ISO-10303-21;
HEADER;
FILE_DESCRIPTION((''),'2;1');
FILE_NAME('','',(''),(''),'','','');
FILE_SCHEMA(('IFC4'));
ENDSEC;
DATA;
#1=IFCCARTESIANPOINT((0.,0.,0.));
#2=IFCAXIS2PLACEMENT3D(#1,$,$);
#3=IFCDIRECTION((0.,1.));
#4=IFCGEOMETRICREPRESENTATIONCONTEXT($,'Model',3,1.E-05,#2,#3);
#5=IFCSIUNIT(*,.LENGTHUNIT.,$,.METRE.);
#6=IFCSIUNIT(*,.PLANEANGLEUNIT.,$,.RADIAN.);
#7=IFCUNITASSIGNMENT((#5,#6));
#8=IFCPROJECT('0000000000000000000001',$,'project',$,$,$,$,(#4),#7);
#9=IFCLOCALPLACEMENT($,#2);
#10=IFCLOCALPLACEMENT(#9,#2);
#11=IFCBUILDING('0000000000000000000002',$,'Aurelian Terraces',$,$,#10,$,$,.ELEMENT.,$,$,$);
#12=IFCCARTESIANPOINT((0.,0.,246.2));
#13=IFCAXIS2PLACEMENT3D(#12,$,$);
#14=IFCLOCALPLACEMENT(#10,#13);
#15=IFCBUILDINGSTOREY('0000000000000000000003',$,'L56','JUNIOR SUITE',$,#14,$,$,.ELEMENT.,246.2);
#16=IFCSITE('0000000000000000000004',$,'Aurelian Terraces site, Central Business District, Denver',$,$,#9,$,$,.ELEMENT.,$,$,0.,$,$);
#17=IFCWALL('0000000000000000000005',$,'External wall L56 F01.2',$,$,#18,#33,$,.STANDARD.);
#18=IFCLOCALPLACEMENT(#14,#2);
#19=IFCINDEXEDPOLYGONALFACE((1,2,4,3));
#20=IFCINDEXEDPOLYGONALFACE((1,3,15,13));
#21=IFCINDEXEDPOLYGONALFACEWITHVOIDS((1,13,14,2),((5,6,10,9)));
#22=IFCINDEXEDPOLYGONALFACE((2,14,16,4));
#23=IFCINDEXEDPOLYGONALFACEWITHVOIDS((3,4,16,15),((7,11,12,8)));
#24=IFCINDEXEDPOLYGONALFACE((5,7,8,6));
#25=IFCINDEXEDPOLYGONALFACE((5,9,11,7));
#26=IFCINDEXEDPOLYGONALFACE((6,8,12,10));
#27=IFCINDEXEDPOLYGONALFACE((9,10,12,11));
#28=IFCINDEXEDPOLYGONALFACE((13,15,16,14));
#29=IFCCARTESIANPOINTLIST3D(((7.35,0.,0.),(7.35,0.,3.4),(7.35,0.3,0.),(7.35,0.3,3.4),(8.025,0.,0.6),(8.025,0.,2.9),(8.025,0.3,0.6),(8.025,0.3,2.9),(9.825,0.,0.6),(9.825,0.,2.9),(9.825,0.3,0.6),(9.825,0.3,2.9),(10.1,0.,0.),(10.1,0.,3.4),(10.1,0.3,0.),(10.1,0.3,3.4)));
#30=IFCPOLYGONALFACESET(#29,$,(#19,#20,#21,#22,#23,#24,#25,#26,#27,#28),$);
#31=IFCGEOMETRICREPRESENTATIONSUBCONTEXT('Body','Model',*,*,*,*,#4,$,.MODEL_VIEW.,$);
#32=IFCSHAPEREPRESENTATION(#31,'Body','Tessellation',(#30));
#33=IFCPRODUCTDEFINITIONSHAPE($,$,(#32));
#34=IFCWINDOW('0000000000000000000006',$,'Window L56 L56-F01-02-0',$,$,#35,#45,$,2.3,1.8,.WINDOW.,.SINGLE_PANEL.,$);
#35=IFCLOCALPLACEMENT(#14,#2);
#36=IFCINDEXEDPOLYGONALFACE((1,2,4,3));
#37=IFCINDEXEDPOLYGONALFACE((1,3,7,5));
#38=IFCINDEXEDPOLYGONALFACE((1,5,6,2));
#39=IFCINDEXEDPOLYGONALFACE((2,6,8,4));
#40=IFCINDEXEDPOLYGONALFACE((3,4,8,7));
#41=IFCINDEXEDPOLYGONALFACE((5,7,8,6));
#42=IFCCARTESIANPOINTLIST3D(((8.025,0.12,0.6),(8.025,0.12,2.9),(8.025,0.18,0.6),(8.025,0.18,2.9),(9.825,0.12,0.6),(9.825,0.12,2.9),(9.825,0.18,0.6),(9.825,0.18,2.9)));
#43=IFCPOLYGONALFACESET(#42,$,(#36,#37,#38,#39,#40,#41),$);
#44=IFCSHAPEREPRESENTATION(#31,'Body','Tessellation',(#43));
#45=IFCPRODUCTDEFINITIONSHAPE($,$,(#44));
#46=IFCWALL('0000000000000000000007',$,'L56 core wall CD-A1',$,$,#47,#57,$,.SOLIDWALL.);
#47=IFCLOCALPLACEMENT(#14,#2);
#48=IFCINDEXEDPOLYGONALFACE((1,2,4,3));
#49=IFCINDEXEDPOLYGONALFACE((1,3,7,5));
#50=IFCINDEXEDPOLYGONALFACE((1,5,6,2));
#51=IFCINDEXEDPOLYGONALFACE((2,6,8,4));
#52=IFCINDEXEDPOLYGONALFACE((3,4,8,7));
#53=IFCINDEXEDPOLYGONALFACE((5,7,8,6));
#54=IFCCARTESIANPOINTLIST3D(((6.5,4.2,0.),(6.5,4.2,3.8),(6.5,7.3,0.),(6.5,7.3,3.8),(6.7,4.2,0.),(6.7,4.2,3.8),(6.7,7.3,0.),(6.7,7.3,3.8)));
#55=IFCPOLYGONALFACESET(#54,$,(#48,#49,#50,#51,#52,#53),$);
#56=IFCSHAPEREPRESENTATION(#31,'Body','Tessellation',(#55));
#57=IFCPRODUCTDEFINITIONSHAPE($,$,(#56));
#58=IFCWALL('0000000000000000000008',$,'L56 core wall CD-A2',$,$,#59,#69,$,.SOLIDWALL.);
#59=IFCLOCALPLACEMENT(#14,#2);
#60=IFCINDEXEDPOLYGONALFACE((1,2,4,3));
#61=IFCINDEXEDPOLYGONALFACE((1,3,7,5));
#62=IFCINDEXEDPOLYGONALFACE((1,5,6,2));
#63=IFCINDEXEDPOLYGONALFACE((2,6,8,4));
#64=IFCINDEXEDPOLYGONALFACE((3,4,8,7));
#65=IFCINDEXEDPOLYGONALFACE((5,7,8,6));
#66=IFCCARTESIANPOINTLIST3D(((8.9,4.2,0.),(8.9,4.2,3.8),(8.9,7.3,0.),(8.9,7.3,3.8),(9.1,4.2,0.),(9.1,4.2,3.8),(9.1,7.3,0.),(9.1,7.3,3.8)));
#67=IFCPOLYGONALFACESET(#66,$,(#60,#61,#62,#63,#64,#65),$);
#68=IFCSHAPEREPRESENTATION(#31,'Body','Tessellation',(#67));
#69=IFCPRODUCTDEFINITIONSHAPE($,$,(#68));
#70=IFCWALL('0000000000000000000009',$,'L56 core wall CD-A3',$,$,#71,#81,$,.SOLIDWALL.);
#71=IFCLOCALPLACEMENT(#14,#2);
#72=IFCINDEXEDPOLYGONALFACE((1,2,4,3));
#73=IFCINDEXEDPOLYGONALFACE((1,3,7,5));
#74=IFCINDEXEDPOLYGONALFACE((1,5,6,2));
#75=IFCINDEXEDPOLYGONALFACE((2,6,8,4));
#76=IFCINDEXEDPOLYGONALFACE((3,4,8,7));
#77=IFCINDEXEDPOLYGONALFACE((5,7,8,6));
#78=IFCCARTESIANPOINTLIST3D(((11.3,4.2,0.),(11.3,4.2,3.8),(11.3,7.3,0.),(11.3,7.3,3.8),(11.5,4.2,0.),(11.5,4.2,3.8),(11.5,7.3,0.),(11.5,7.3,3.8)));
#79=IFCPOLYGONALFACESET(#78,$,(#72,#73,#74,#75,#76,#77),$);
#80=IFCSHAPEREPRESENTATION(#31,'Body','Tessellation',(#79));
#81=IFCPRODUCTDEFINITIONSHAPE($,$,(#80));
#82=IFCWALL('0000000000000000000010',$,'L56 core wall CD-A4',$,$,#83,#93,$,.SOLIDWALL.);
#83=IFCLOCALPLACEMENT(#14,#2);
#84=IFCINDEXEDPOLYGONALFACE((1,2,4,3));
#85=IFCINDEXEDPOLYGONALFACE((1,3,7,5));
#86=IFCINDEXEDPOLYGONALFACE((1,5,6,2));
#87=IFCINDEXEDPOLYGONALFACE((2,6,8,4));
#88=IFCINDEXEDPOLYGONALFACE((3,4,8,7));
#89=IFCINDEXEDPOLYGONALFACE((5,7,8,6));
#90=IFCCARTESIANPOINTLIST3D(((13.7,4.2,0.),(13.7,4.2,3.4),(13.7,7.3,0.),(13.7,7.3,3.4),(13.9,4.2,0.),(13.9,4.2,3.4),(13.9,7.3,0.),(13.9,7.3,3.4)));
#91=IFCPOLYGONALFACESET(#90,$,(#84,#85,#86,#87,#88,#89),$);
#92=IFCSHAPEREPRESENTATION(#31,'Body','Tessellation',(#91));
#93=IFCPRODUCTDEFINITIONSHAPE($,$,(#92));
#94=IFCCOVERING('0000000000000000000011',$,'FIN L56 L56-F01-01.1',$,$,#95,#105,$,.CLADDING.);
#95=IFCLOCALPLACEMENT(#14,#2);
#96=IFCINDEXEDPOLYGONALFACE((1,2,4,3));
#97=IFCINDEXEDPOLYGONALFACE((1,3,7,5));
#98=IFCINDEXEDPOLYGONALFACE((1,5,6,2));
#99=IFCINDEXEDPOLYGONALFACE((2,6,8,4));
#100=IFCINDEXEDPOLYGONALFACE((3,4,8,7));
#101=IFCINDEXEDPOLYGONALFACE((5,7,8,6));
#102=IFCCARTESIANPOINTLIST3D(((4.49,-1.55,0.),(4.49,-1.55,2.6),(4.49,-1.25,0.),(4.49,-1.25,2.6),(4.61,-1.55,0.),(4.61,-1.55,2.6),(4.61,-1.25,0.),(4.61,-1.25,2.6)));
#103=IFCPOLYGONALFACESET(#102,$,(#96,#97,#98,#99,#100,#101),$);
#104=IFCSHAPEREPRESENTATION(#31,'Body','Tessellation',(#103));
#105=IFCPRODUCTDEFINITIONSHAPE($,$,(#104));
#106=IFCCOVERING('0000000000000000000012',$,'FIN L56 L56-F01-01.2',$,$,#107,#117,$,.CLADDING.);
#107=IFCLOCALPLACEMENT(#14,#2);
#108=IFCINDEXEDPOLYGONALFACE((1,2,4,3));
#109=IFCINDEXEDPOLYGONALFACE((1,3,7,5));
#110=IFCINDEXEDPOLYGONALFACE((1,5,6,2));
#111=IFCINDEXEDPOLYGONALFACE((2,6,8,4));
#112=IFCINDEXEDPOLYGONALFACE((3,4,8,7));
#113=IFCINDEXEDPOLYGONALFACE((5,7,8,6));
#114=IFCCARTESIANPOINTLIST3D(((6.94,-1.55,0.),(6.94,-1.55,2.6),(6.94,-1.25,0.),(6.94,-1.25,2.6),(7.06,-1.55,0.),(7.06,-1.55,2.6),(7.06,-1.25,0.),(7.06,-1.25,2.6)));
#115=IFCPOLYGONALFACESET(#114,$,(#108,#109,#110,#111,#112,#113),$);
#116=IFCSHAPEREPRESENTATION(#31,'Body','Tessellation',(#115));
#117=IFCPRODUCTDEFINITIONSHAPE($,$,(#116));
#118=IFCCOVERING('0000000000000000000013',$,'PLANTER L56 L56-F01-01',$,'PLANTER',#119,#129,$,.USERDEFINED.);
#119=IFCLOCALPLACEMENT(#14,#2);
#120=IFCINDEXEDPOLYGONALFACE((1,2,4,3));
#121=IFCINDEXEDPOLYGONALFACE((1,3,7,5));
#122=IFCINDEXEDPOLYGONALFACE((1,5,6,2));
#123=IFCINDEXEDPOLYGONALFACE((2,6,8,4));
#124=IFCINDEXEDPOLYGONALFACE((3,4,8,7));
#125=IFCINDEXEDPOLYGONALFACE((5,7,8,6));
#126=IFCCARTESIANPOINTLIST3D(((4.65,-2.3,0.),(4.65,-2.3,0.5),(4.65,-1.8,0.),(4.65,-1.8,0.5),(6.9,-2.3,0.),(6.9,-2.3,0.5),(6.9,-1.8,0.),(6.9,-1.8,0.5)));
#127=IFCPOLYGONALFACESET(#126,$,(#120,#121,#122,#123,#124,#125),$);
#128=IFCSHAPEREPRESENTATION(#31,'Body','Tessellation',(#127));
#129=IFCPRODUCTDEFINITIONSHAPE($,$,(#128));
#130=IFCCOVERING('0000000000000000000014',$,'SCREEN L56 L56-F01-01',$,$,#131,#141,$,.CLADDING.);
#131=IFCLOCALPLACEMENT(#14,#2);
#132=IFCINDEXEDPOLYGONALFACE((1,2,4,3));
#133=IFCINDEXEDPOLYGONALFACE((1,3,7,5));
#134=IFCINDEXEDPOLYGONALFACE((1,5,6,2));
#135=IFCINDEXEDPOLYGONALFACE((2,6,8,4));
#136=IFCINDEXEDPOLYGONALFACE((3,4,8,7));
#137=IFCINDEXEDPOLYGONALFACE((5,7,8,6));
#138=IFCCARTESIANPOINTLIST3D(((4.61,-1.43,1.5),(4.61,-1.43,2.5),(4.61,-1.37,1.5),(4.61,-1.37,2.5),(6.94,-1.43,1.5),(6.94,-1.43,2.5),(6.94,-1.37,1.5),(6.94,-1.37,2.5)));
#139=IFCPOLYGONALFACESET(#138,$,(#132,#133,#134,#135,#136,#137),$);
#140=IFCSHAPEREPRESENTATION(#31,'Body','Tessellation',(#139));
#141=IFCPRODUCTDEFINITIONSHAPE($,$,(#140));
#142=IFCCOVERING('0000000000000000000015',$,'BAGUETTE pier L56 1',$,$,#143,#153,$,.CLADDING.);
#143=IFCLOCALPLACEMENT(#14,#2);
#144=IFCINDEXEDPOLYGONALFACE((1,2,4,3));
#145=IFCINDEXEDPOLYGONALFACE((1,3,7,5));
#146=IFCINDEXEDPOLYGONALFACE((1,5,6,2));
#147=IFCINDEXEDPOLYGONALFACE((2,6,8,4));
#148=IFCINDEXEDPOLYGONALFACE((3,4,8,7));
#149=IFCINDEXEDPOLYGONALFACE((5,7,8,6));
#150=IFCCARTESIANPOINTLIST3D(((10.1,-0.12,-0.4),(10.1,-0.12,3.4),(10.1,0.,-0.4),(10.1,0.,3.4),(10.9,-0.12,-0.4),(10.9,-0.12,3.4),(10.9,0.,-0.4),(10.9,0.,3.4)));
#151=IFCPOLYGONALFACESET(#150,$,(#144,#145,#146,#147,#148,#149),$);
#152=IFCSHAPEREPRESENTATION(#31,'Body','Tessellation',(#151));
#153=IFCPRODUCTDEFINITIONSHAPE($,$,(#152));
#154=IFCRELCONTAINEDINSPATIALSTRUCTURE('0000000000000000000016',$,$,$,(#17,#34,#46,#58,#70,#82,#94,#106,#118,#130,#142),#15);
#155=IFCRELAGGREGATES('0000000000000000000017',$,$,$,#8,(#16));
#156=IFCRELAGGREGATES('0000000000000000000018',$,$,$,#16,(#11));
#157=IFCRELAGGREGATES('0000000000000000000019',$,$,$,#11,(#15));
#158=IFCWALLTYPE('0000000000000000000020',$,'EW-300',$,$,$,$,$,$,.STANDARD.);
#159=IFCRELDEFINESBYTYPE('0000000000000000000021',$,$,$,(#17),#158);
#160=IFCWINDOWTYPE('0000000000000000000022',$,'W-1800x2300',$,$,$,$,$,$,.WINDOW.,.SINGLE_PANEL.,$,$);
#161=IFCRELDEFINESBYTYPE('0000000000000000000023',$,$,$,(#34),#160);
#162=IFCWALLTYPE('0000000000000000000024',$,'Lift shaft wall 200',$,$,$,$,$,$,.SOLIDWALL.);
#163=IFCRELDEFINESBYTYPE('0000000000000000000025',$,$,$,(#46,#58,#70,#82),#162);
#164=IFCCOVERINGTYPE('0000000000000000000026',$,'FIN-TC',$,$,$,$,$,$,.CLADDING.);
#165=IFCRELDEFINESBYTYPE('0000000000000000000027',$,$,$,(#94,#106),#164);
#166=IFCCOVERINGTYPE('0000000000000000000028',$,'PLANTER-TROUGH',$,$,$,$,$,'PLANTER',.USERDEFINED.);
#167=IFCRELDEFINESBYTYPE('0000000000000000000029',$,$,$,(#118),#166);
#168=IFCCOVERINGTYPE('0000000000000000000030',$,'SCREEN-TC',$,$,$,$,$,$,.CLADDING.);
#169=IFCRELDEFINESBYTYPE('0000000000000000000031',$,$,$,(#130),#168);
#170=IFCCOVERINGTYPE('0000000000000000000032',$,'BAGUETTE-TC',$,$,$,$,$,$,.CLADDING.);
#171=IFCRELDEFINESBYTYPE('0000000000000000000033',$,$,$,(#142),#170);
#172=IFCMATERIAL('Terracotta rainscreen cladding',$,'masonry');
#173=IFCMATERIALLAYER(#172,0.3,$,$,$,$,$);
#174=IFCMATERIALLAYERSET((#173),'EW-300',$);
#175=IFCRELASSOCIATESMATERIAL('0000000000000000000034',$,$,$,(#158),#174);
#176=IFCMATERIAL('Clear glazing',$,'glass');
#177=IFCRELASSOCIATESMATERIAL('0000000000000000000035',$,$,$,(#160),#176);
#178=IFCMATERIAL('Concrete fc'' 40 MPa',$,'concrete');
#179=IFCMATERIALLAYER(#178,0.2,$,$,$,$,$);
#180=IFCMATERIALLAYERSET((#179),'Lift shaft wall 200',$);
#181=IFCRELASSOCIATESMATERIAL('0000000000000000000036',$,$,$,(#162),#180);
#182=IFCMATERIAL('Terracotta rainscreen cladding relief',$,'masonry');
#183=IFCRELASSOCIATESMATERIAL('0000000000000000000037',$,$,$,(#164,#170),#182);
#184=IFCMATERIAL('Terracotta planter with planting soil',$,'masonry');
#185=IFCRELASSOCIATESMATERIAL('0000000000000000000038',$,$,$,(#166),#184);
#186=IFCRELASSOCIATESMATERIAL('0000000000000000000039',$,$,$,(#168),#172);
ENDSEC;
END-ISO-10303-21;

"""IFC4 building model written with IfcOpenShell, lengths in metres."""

from ifc_helpers import new_model, si_unit, direction, frame, frame_2d, origin, origin_2d, place, context, subcontext, project, spatial, rectangle, extrude, source, transform, mapped, material, layer, layer_set, type_object, element, fill, save


model = new_model("IFC4")

# Units and contexts
model_context = context("Model", 3, precision=1e-05, world=origin(), true_north=direction((0.0, 1.0)))
body_context = subcontext(model_context, "Body", "Model", "MODEL_VIEW")
ifc_project = project(units=[si_unit("LENGTHUNIT", "METRE"), si_unit("PLANEANGLEUNIT", "RADIAN")], contexts=[model_context])

# Site, building, storey
site_placement = place(None, origin())
site = spatial("IfcSite", under=ifc_project, at=site_placement, Name="Aurelian Terraces site, Central Business District, Denver", CompositionType="ELEMENT", RefElevation=0.0)
building_placement = place(site_placement, origin())
building = spatial("IfcBuilding", under=site, at=building_placement, Name="Aurelian Terraces", CompositionType="ELEMENT")
storey_placement = place(building_placement, frame((0.0, 0.0, 246.2)))
storey = spatial("IfcBuildingStorey", under=building, at=storey_placement, Name="L56", Description="JUNIOR SUITE", CompositionType="ELEMENT", Elevation=246.2)

# Shared definitions
ifc_material_1 = material(Name="Concrete fc' 40 MPa", Category="concrete")
ifc_material_2 = material(Name="Clear glazing", Category="glass")

# Shared definitions
ifc_material_3 = material(Name="Terracotta rainscreen cladding", Category="masonry")
ifc_layer_1 = layer(ifc_material_3, 0.3)
ifc_layer_set_1 = layer_set([ifc_layer_1], Name="EW-300")
wall_type_1 = type_object("IfcWallType", Name="EW-300", PredefinedType="STANDARD", material=ifc_layer_set_1)

# Wall, opening, window
shared_shape_1 = source(origin(), body_context, "Body", "SweptSolid", [
    extrude(rectangle(XDim=2.75, YDim=0.3, at=frame_2d((1.375, 0.0))), origin(), (0.0, 0.0, 1.0), 3.4),
])
wall_1_placement = place(storey_placement, frame((7.35, 0.15, 0.0), z_axis=(0.0, 0.0, 1.0), x_axis=(1.0, 0.0, 0.0)))
wall_1 = element("IfcWall", 1, at=wall_1_placement, inside=storey, type_object=wall_type_1, Name="External wall L56 F01.2", PredefinedType="STANDARD", context=body_context, shape_type="MappedRepresentation", body=[
    mapped(shared_shape_1, transform((0.0, 0.0, 0.0), scale=1.0)),
])
shared_shape_2 = source(origin(), body_context, "Body", "SweptSolid", [
    extrude(rectangle(XDim=1.8, YDim=2.3, at=frame_2d((0.9, 1.15))), frame((0.0, 0.16, 0.0), z_axis=(0.0, -1.0, 0.0), x_axis=(1.0, 0.0, 0.0)), (0.0, 0.0, 1.0), 0.32),
])
opening_1_placement = place(wall_1_placement, frame((0.675, 0.0, 0.6)))
opening_1 = element("IfcOpeningElement", 2, at=opening_1_placement, cuts=wall_1, PredefinedType="OPENING", context=body_context, shape_type="MappedRepresentation", body=[
    mapped(shared_shape_2, transform((0.0, 0.0, 0.0), scale=1.0)),
])
window_type_1 = type_object("IfcWindowType", Name="W-1800x2300", PartitioningType="SINGLE_PANEL", PredefinedType="WINDOW", material=ifc_material_2)
shared_shape_3 = source(origin(), body_context, "Body", "SweptSolid", [
    extrude(rectangle(XDim=1.8, YDim=2.3, at=frame_2d((0.9, 1.15))), frame((0.0, 0.03, 0.0), z_axis=(0.0, -1.0, 0.0), x_axis=(1.0, 0.0, 0.0)), (0.0, 0.0, 1.0), 0.06),
])
window_1_placement = place(opening_1_placement, origin())
window_1 = element("IfcWindow", 3, at=window_1_placement, inside=storey, type_object=window_type_1, Name="Window L56 L56-F01-02-0", OverallHeight=2.3, OverallWidth=1.8, PartitioningType="SINGLE_PANEL", PredefinedType="WINDOW", context=body_context, shape_type="MappedRepresentation", body=[
    mapped(shared_shape_3, transform((0.0, 0.0, 0.0), scale=1.0)),
])
fill(opening_1, window_1)

# Walls
ifc_layer_2 = layer(ifc_material_1, 0.2)
ifc_layer_set_2 = layer_set([ifc_layer_2], Name="Lift shaft wall 200")
wall_type_2 = type_object("IfcWallType", Name="Lift shaft wall 200", PredefinedType="SOLIDWALL", material=ifc_layer_set_2)
shared_shape_4 = source(origin(), body_context, "Body", "SweptSolid", [
    extrude(rectangle(XDim=3.1, YDim=0.2, at=frame_2d((1.55, 0.0))), origin(), (0.0, 0.0, 1.0), 3.8),
])
for number, where, z_axis, x_axis, name in (
    (4, (6.6, 4.2, 0.0), (0.0, 0.0, 1.0), (0.0, 1.0, 0.0), "L56 core wall CD-A1"),
    (5, (9.0, 4.2, 0.0), (0.0, 0.0, 1.0), (0.0, 1.0, 0.0), "L56 core wall CD-A2"),
    (6, (11.4, 4.2, 0.0), (0.0, 0.0, 1.0), (0.0, 1.0, 0.0), "L56 core wall CD-A3"),
):
    element("IfcWall", number, at=place(storey_placement, frame(where, z_axis=z_axis, x_axis=x_axis)), inside=storey, type_object=wall_type_2, Name=name, PredefinedType="SOLIDWALL", context=body_context, shape_type="MappedRepresentation", body=[
        mapped(shared_shape_4, transform((0.0, 0.0, 0.0), scale=1.0)),
    ])
shared_shape_5 = source(origin(), body_context, "Body", "SweptSolid", [
    extrude(rectangle(XDim=3.1, YDim=0.2, at=frame_2d((1.55, 0.0))), origin(), (0.0, 0.0, 1.0), 3.4),
])
wall_2_placement = place(storey_placement, frame((13.8, 4.2, 0.0), z_axis=(0.0, 0.0, 1.0), x_axis=(0.0, 1.0, 0.0)))
element("IfcWall", 7, at=wall_2_placement, inside=storey, type_object=wall_type_2, Name="L56 core wall CD-A4", PredefinedType="SOLIDWALL", context=body_context, shape_type="MappedRepresentation", body=[
    mapped(shared_shape_5, transform((0.0, 0.0, 0.0), scale=1.0)),
])

# Coverings
ifc_material_4 = material(Name="Terracotta rainscreen cladding relief", Category="masonry")
covering_type_1 = type_object("IfcCoveringType", Name="FIN-TC", PredefinedType="CLADDING", material=ifc_material_4)
shared_shape_6 = source(origin(), body_context, "Body", "SweptSolid", [
    extrude(rectangle(XDim=0.12, YDim=0.3, at=origin_2d()), origin(), (0.0, 0.0, 1.0), 2.6),
])
for number, where, z_axis, x_axis, name in (
    (8, (4.55, -1.4, 0.0), (0.0, 0.0, 1.0), (1.0, 0.0, 0.0), "FIN L56 L56-F01-01.1"),
    (9, (7.0, -1.4, 0.0), (0.0, 0.0, 1.0), (1.0, 0.0, 0.0), "FIN L56 L56-F01-01.2"),
):
    element("IfcCovering", number, at=place(storey_placement, frame(where, z_axis=z_axis, x_axis=x_axis)), inside=storey, type_object=covering_type_1, Name=name, PredefinedType="CLADDING", context=body_context, shape_type="MappedRepresentation", body=[
        mapped(shared_shape_6, transform((0.0, 0.0, 0.0), scale=1.0)),
    ])
ifc_material_5 = material(Name="Terracotta planter with planting soil", Category="masonry")
covering_type_2 = type_object("IfcCoveringType", Name="PLANTER-TROUGH", ElementType="PLANTER", PredefinedType="USERDEFINED", material=ifc_material_5)
shared_shape_7 = source(origin(), body_context, "Body", "SweptSolid", [
    extrude(rectangle(XDim=2.25, YDim=0.5, at=origin_2d()), origin(), (0.0, 0.0, 1.0), 0.5),
])
covering_1_placement = place(storey_placement, frame((5.775, -2.05, 0.0), z_axis=(0.0, 0.0, 1.0), x_axis=(1.0, 0.0, 0.0)))
element("IfcCovering", 10, at=covering_1_placement, inside=storey, type_object=covering_type_2, Name="PLANTER L56 L56-F01-01", ObjectType="PLANTER", PredefinedType="USERDEFINED", context=body_context, shape_type="MappedRepresentation", body=[
    mapped(shared_shape_7, transform((0.0, 0.0, 0.0), scale=1.0)),
])
covering_type_3 = type_object("IfcCoveringType", Name="SCREEN-TC", PredefinedType="CLADDING", material=ifc_material_3)
shared_shape_8 = source(origin(), body_context, "Body", "SweptSolid", [
    extrude(rectangle(XDim=2.33, YDim=0.06, at=origin_2d()), origin(), (0.0, 0.0, 1.0), 1.0),
])
covering_2_placement = place(storey_placement, frame((5.775, -1.4, 1.5), z_axis=(0.0, 0.0, 1.0), x_axis=(1.0, 0.0, 0.0)))
element("IfcCovering", 11, at=covering_2_placement, inside=storey, type_object=covering_type_3, Name="SCREEN L56 L56-F01-01", PredefinedType="CLADDING", context=body_context, shape_type="MappedRepresentation", body=[
    mapped(shared_shape_8, transform((0.0, 0.0, 0.0), scale=1.0)),
])
covering_type_4 = type_object("IfcCoveringType", Name="BAGUETTE-TC", PredefinedType="CLADDING", material=ifc_material_4)
shared_shape_9 = source(origin(), body_context, "Body", "SweptSolid", [
    extrude(rectangle(XDim=0.8, YDim=0.12, at=origin_2d()), origin(), (0.0, 0.0, 1.0), 3.8),
])
covering_3_placement = place(storey_placement, frame((10.5, -0.06, -0.4), z_axis=(0.0, 0.0, 1.0), x_axis=(1.0, 0.0, 0.0)))
element("IfcCovering", 12, at=covering_3_placement, inside=storey, type_object=covering_type_4, Name="BAGUETTE pier L56 1", PredefinedType="CLADDING", context=body_context, shape_type="MappedRepresentation", body=[
    mapped(shared_shape_9, transform((0.0, 0.0, 0.0), scale=1.0)),
])

save(model, "model.ifc")
